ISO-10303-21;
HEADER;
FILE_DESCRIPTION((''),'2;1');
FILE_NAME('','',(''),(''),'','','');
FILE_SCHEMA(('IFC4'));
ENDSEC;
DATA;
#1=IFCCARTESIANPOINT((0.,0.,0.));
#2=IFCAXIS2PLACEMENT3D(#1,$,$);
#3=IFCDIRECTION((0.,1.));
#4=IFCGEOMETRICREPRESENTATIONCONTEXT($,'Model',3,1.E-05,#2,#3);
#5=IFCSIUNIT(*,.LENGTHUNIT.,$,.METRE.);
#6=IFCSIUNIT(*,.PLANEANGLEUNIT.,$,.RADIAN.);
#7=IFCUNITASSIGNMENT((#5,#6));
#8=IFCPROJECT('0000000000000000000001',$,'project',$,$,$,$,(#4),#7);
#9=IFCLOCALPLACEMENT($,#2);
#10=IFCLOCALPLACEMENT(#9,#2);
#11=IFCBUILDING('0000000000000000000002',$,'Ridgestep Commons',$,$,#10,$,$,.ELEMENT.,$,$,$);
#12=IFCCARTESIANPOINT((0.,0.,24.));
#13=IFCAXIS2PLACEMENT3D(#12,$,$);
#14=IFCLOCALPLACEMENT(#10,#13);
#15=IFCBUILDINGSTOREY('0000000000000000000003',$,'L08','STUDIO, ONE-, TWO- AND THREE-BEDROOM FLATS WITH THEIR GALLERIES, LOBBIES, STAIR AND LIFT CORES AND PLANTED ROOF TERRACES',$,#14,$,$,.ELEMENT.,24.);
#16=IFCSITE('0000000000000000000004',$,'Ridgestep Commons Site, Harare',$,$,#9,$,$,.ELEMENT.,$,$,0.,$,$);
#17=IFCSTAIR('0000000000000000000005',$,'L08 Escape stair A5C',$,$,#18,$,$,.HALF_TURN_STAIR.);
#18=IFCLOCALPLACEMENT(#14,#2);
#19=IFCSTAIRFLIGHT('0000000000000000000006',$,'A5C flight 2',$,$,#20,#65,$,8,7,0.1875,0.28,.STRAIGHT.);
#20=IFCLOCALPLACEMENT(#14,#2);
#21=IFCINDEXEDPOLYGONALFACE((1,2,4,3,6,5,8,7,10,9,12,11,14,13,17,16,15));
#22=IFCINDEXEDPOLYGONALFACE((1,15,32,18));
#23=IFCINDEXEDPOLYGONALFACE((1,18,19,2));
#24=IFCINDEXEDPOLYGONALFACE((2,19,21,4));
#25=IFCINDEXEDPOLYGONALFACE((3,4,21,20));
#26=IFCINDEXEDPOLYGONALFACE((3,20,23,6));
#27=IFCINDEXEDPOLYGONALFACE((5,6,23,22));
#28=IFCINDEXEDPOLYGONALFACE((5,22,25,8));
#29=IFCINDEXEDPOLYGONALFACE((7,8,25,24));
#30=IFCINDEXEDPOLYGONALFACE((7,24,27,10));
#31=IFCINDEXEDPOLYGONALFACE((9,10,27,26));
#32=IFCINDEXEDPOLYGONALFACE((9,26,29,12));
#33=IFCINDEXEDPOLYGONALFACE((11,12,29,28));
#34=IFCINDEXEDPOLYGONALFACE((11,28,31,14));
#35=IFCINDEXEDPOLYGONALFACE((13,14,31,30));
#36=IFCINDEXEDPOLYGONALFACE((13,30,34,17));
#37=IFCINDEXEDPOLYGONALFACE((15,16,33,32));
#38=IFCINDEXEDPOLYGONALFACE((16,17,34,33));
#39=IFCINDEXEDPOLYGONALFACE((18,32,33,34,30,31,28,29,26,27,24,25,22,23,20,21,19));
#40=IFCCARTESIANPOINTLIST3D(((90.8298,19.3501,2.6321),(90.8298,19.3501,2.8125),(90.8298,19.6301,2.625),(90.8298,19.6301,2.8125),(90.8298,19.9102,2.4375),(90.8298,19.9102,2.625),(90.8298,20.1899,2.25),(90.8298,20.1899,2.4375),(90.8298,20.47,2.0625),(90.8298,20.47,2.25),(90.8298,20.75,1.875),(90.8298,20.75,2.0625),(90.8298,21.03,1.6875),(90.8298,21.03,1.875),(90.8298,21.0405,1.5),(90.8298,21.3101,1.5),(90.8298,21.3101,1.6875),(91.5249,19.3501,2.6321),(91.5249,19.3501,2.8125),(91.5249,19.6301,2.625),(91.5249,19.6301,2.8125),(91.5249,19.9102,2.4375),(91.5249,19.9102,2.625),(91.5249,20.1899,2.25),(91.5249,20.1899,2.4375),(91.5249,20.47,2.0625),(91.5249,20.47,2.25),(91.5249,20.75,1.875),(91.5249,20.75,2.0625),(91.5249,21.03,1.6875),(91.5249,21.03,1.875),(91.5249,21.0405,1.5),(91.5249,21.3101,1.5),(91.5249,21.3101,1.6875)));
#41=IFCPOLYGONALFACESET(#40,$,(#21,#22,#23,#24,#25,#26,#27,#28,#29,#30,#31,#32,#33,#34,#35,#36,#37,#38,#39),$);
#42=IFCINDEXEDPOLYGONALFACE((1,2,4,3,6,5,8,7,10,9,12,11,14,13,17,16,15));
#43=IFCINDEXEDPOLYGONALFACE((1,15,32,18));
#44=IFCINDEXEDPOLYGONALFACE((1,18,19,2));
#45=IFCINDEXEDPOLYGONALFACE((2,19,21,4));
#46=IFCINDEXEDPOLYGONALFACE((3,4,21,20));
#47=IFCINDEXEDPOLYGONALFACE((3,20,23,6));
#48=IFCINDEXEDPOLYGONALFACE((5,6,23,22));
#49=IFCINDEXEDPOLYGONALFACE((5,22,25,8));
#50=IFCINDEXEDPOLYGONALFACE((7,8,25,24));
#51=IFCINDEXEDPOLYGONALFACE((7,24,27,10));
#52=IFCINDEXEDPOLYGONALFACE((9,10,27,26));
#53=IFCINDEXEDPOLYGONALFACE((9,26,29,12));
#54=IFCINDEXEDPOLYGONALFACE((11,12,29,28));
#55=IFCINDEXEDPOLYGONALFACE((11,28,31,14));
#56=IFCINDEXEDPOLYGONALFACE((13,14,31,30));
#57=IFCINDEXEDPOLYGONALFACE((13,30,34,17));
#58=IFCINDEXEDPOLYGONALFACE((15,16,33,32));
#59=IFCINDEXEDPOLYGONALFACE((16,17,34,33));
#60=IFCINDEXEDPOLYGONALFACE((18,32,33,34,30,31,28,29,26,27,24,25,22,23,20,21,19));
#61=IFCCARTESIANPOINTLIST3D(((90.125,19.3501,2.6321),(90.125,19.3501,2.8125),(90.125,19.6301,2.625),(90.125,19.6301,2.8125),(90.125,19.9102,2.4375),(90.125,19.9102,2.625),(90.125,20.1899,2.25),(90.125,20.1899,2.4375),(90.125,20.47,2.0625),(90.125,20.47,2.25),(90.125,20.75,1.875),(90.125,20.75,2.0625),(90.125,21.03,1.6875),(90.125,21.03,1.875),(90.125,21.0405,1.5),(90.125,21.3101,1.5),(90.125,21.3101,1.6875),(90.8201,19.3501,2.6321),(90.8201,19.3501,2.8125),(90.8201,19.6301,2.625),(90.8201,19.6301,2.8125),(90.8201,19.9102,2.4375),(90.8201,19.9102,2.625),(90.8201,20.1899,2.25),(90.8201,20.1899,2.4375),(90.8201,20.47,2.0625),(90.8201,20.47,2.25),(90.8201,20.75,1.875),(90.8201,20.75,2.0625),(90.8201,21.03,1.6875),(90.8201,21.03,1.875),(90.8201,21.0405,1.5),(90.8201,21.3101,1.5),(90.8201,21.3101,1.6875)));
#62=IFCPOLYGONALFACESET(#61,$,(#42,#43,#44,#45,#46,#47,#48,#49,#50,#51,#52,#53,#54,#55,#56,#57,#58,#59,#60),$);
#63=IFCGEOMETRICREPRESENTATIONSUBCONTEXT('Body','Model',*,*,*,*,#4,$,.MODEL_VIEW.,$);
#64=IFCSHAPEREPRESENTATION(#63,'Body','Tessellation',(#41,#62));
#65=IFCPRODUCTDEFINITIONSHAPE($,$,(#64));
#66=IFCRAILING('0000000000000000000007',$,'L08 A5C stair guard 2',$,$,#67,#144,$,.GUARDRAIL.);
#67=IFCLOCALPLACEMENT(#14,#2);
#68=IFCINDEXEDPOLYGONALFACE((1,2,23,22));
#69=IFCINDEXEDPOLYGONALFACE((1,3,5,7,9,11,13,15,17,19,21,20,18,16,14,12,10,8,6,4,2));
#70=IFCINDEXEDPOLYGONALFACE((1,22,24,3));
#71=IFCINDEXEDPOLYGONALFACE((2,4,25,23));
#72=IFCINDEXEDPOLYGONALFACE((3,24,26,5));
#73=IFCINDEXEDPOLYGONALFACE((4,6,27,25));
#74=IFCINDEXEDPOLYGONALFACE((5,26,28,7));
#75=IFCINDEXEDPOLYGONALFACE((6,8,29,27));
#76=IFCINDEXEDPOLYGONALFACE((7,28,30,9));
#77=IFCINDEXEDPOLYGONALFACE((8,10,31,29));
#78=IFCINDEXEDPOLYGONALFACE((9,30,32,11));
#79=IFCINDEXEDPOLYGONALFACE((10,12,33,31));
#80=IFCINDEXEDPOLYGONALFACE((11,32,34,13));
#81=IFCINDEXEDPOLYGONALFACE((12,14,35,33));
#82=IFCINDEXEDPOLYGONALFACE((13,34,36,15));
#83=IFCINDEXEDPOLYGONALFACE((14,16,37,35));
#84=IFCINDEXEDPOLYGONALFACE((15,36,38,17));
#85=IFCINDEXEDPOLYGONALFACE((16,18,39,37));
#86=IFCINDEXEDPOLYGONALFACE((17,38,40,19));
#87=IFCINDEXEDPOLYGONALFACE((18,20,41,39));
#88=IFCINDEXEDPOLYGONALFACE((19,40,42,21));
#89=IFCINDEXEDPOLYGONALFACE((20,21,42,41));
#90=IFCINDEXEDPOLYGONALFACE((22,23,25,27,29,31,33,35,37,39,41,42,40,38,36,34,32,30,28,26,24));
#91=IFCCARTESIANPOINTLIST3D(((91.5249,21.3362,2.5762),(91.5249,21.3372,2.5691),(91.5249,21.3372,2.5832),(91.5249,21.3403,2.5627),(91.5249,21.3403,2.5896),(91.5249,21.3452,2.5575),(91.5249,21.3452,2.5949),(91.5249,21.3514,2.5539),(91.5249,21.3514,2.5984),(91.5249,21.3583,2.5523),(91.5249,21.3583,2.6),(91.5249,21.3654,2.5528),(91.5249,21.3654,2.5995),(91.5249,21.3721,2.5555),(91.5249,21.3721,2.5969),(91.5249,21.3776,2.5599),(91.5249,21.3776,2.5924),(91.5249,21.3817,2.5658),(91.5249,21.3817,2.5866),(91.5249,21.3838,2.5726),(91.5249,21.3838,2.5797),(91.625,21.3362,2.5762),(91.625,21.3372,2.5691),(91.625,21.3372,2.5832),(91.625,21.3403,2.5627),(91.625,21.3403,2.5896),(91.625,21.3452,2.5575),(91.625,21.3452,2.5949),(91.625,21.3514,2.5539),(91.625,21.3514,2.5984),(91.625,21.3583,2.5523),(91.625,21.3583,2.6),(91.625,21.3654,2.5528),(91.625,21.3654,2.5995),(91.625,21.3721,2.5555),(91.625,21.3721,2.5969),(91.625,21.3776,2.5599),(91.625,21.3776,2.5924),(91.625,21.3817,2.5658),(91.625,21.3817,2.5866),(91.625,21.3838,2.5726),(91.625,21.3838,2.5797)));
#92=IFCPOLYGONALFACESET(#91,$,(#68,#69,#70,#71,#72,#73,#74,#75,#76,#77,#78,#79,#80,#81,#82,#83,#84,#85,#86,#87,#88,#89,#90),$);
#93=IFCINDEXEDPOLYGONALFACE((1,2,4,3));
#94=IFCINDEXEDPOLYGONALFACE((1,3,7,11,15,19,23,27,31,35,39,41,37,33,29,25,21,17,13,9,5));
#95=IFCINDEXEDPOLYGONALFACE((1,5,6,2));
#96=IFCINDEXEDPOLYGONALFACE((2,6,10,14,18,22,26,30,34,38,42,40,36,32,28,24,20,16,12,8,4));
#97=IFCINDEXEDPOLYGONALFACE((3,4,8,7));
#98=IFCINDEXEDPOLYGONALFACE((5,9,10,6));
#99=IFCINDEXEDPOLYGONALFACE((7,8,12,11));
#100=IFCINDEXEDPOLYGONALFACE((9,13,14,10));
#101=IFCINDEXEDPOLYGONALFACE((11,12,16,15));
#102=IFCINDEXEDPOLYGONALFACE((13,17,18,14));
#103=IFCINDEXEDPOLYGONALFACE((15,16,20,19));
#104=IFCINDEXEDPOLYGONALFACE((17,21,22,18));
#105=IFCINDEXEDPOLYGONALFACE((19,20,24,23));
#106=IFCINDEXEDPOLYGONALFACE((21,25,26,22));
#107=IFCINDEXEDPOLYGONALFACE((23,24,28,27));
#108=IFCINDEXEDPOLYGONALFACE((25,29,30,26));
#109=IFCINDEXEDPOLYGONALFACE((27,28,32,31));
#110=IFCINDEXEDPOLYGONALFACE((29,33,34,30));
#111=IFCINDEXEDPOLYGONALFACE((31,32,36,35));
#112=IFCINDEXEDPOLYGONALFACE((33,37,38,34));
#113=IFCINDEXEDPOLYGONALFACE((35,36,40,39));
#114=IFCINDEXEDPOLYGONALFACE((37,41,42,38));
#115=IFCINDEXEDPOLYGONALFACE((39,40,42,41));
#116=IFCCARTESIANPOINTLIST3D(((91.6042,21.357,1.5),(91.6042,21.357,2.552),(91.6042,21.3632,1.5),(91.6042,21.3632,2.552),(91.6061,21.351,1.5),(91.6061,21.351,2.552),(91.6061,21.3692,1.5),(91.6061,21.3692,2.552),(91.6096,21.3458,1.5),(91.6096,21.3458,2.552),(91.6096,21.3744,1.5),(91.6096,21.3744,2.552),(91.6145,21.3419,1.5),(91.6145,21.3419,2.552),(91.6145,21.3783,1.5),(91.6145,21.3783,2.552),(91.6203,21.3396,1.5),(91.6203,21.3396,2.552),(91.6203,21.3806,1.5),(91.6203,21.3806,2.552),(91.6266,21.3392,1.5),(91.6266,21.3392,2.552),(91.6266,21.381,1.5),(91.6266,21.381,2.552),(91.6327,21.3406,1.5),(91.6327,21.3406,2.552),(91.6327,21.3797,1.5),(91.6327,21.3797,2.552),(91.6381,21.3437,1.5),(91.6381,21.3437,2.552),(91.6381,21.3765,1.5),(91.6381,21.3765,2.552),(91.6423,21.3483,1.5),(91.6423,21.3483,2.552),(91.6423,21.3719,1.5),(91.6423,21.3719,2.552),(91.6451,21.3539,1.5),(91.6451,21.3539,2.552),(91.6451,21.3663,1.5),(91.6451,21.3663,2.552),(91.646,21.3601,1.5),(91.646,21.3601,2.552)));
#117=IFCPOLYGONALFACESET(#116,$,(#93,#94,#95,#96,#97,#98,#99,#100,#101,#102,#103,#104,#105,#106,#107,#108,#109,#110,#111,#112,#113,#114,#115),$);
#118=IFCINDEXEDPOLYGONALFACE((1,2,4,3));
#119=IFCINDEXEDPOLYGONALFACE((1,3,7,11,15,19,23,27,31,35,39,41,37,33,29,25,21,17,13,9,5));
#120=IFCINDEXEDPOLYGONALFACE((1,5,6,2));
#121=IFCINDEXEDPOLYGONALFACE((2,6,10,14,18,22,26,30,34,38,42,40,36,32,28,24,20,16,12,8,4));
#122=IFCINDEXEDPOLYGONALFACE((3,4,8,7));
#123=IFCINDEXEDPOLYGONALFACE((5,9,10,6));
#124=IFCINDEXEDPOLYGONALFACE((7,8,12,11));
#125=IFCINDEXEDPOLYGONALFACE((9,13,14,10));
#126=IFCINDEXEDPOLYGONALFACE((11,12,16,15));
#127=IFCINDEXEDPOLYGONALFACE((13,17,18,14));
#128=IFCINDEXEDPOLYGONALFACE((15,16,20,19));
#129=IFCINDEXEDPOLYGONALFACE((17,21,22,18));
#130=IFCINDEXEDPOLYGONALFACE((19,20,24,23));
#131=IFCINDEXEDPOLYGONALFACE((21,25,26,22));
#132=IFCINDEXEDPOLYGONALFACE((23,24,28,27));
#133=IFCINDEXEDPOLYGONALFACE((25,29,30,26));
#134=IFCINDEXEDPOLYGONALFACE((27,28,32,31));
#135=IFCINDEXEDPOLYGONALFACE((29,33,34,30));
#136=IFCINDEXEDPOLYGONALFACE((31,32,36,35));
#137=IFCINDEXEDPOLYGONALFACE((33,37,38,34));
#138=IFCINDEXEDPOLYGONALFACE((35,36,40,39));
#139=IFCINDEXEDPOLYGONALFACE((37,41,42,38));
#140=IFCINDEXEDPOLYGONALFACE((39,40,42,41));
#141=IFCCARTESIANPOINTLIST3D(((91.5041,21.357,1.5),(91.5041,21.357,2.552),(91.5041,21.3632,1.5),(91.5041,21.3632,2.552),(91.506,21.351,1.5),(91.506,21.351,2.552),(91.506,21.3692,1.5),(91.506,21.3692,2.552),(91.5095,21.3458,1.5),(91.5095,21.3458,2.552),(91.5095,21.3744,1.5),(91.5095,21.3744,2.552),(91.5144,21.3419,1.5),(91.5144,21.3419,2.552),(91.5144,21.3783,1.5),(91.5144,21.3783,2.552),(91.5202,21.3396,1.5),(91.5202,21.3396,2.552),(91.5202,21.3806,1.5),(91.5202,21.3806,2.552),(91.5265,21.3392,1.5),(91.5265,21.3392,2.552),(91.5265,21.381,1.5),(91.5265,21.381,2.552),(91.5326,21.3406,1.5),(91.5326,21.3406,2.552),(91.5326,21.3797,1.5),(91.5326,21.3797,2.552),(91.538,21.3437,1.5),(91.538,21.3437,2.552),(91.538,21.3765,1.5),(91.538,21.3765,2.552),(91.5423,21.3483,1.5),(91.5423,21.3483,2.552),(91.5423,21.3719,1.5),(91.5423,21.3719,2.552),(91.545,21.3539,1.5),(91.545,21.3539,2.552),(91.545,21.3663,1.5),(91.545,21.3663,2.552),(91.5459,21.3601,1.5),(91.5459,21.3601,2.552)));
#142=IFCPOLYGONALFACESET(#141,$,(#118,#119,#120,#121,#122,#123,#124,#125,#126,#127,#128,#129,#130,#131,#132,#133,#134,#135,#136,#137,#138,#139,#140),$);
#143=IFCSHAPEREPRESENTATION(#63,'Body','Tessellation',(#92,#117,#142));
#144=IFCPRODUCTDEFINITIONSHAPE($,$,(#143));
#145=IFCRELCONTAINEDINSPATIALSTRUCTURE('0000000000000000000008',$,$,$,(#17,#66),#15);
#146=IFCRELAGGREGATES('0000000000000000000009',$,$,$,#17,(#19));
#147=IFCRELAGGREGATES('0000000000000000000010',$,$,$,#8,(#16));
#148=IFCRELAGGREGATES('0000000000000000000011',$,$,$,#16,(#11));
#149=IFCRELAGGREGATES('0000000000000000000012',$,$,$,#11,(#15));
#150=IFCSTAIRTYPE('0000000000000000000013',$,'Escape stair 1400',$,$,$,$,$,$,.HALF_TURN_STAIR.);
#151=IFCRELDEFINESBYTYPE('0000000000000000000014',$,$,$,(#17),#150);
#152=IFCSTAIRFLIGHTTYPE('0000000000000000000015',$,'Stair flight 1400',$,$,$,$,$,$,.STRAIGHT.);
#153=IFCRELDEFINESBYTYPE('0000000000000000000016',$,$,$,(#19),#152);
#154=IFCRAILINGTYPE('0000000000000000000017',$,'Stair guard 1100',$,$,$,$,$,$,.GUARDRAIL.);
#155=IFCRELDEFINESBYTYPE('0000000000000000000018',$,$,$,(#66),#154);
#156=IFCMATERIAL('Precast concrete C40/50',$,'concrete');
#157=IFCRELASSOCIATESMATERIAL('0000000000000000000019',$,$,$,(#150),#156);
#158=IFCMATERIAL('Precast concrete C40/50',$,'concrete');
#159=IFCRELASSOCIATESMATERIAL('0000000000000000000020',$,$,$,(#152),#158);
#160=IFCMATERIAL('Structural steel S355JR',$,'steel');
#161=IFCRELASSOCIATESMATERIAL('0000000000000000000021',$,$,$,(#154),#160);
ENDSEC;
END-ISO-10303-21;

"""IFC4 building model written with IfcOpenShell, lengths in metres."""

from ifc_helpers import new_model, si_unit, direction, frame, origin, origin_2d, place, context, subcontext, project, spatial, polyline, circle, outline, extrude, material, type_object, element, aggregate, save


model = new_model("IFC4")

# Units and contexts
model_context = context("Model", 3, precision=1e-05, world=origin(), true_north=direction((0.0, 1.0)))
body_context = subcontext(model_context, "Body", "Model", "MODEL_VIEW")
ifc_project = project(units=[si_unit("LENGTHUNIT", "METRE"), si_unit("PLANEANGLEUNIT", "RADIAN")], contexts=[model_context])

# Site, building, storey
site_placement = place(None, origin())
site = spatial("IfcSite", under=ifc_project, at=site_placement, Name="Ridgestep Commons Site, Harare", CompositionType="ELEMENT", RefElevation=0.0)
building_placement = place(site_placement, origin())
building = spatial("IfcBuilding", under=site, at=building_placement, Name="Ridgestep Commons", CompositionType="ELEMENT")
storey_placement = place(building_placement, frame((0.0, 0.0, 24.0)))
storey = spatial("IfcBuildingStorey", under=building, at=storey_placement, Name="L08", Description="STUDIO, ONE-, TWO- AND THREE-BEDROOM FLATS WITH THEIR GALLERIES, LOBBIES, STAIR AND LIFT CORES AND PLANTED ROOF TERRACES", CompositionType="ELEMENT", Elevation=24.0)

# Stair, stair flight
ifc_material_1 = material(Name="Precast concrete C40/50", Category="concrete")
stair_type = type_object("IfcStairType", Name="Escape stair 1400", PredefinedType="HALF_TURN_STAIR", material=ifc_material_1)
stair_placement = place(storey_placement, origin())
stair = element("IfcStair", 1, at=stair_placement, inside=storey, type_object=stair_type, Name="L08 Escape stair A5C", PredefinedType="HALF_TURN_STAIR")
ifc_material_2 = material(Name="Precast concrete C40/50", Category="concrete")
stair_flight_type = type_object("IfcStairFlightType", Name="Stair flight 1400", PredefinedType="STRAIGHT", material=ifc_material_2)
stair_flight_placement = place(storey_placement, frame((90.825, 21.3101, 1.5), z_axis=(0.0, 0.0, 1.0), x_axis=(0.0, -1.0, 0.0)))
stair_flight = element("IfcStairFlight", 2, at=stair_flight_placement, type_object=stair_flight_type, Name="A5C flight 2", NumberOfRisers=8, NumberOfTreads=7, PredefinedType="STRAIGHT", RiserHeight=0.1875, TreadLength=0.28, context=body_context, shape_type="SweptSolid", body=[
    extrude(outline(polyline([(0.0, 0.0), (0.0, 0.1875), (0.28, 0.1875), (0.28, 0.375), (0.5601, 0.375), (0.5601, 0.5625), (0.8401, 0.5625), (0.8401, 0.75), (1.1201, 0.75), (1.1201, 0.9375), (1.3999, 0.9375), (1.3999, 1.125), (1.6799, 1.125), (1.6799, 1.3125), (1.96, 1.3125), (1.96, 1.5), (1.96, 1.1321), (0.2695, 0.0), (0.0, 0.0)])), frame((0.0, 0.7, 0.0), z_axis=(0.0, -1.0, 0.0), x_axis=(1.0, 0.0, 0.0)), (0.0, 0.0, 1.0), 0.6951),
    extrude(outline(polyline([(0.0, 0.0), (0.0, 0.1875), (0.28, 0.1875), (0.28, 0.375), (0.5601, 0.375), (0.5601, 0.5625), (0.8401, 0.5625), (0.8401, 0.75), (1.1201, 0.75), (1.1201, 0.9375), (1.3999, 0.9375), (1.3999, 1.125), (1.6799, 1.125), (1.6799, 1.3125), (1.96, 1.3125), (1.96, 1.5), (1.96, 1.1321), (0.2695, 0.0), (0.0, 0.0)])), frame((0.0, -0.0049, 0.0), z_axis=(0.0, -1.0, 0.0), x_axis=(1.0, 0.0, 0.0)), (0.0, 0.0, 1.0), 0.6951),
])
aggregate(stair, [stair_flight])

# Railing
ifc_material_3 = material(Name="Structural steel S355JR", Category="steel")
railing_type_1 = type_object("IfcRailingType", Name="Stair guard 1100", PredefinedType="GUARDRAIL", material=ifc_material_3)
railing_1_placement = place(storey_placement, frame((91.625, 21.3601, 1.5)))
element("IfcRailing", 3, at=railing_1_placement, inside=storey, type_object=railing_type_1, Name="L08 A5C stair guard 2", PredefinedType="GUARDRAIL", context=body_context, shape_type="SweptSolid", body=[
    extrude(circle(Radius=0.0239, at=origin_2d()), frame((0.0, 0.0, 1.0762), z_axis=(-1.0, 0.0, 0.0), x_axis=(0.0, -1.0, 0.0)), (0.0, 0.0, 1.0), 0.1001),
    extrude(circle(Radius=0.021, at=origin_2d()), origin(), (0.0, 0.0, 1.0), 1.052),
    extrude(circle(Radius=0.021, at=origin_2d()), frame((-0.1001, 0.0, 0.0)), (0.0, 0.0, 1.0), 1.052),
])

save(model, "model.ifc")
